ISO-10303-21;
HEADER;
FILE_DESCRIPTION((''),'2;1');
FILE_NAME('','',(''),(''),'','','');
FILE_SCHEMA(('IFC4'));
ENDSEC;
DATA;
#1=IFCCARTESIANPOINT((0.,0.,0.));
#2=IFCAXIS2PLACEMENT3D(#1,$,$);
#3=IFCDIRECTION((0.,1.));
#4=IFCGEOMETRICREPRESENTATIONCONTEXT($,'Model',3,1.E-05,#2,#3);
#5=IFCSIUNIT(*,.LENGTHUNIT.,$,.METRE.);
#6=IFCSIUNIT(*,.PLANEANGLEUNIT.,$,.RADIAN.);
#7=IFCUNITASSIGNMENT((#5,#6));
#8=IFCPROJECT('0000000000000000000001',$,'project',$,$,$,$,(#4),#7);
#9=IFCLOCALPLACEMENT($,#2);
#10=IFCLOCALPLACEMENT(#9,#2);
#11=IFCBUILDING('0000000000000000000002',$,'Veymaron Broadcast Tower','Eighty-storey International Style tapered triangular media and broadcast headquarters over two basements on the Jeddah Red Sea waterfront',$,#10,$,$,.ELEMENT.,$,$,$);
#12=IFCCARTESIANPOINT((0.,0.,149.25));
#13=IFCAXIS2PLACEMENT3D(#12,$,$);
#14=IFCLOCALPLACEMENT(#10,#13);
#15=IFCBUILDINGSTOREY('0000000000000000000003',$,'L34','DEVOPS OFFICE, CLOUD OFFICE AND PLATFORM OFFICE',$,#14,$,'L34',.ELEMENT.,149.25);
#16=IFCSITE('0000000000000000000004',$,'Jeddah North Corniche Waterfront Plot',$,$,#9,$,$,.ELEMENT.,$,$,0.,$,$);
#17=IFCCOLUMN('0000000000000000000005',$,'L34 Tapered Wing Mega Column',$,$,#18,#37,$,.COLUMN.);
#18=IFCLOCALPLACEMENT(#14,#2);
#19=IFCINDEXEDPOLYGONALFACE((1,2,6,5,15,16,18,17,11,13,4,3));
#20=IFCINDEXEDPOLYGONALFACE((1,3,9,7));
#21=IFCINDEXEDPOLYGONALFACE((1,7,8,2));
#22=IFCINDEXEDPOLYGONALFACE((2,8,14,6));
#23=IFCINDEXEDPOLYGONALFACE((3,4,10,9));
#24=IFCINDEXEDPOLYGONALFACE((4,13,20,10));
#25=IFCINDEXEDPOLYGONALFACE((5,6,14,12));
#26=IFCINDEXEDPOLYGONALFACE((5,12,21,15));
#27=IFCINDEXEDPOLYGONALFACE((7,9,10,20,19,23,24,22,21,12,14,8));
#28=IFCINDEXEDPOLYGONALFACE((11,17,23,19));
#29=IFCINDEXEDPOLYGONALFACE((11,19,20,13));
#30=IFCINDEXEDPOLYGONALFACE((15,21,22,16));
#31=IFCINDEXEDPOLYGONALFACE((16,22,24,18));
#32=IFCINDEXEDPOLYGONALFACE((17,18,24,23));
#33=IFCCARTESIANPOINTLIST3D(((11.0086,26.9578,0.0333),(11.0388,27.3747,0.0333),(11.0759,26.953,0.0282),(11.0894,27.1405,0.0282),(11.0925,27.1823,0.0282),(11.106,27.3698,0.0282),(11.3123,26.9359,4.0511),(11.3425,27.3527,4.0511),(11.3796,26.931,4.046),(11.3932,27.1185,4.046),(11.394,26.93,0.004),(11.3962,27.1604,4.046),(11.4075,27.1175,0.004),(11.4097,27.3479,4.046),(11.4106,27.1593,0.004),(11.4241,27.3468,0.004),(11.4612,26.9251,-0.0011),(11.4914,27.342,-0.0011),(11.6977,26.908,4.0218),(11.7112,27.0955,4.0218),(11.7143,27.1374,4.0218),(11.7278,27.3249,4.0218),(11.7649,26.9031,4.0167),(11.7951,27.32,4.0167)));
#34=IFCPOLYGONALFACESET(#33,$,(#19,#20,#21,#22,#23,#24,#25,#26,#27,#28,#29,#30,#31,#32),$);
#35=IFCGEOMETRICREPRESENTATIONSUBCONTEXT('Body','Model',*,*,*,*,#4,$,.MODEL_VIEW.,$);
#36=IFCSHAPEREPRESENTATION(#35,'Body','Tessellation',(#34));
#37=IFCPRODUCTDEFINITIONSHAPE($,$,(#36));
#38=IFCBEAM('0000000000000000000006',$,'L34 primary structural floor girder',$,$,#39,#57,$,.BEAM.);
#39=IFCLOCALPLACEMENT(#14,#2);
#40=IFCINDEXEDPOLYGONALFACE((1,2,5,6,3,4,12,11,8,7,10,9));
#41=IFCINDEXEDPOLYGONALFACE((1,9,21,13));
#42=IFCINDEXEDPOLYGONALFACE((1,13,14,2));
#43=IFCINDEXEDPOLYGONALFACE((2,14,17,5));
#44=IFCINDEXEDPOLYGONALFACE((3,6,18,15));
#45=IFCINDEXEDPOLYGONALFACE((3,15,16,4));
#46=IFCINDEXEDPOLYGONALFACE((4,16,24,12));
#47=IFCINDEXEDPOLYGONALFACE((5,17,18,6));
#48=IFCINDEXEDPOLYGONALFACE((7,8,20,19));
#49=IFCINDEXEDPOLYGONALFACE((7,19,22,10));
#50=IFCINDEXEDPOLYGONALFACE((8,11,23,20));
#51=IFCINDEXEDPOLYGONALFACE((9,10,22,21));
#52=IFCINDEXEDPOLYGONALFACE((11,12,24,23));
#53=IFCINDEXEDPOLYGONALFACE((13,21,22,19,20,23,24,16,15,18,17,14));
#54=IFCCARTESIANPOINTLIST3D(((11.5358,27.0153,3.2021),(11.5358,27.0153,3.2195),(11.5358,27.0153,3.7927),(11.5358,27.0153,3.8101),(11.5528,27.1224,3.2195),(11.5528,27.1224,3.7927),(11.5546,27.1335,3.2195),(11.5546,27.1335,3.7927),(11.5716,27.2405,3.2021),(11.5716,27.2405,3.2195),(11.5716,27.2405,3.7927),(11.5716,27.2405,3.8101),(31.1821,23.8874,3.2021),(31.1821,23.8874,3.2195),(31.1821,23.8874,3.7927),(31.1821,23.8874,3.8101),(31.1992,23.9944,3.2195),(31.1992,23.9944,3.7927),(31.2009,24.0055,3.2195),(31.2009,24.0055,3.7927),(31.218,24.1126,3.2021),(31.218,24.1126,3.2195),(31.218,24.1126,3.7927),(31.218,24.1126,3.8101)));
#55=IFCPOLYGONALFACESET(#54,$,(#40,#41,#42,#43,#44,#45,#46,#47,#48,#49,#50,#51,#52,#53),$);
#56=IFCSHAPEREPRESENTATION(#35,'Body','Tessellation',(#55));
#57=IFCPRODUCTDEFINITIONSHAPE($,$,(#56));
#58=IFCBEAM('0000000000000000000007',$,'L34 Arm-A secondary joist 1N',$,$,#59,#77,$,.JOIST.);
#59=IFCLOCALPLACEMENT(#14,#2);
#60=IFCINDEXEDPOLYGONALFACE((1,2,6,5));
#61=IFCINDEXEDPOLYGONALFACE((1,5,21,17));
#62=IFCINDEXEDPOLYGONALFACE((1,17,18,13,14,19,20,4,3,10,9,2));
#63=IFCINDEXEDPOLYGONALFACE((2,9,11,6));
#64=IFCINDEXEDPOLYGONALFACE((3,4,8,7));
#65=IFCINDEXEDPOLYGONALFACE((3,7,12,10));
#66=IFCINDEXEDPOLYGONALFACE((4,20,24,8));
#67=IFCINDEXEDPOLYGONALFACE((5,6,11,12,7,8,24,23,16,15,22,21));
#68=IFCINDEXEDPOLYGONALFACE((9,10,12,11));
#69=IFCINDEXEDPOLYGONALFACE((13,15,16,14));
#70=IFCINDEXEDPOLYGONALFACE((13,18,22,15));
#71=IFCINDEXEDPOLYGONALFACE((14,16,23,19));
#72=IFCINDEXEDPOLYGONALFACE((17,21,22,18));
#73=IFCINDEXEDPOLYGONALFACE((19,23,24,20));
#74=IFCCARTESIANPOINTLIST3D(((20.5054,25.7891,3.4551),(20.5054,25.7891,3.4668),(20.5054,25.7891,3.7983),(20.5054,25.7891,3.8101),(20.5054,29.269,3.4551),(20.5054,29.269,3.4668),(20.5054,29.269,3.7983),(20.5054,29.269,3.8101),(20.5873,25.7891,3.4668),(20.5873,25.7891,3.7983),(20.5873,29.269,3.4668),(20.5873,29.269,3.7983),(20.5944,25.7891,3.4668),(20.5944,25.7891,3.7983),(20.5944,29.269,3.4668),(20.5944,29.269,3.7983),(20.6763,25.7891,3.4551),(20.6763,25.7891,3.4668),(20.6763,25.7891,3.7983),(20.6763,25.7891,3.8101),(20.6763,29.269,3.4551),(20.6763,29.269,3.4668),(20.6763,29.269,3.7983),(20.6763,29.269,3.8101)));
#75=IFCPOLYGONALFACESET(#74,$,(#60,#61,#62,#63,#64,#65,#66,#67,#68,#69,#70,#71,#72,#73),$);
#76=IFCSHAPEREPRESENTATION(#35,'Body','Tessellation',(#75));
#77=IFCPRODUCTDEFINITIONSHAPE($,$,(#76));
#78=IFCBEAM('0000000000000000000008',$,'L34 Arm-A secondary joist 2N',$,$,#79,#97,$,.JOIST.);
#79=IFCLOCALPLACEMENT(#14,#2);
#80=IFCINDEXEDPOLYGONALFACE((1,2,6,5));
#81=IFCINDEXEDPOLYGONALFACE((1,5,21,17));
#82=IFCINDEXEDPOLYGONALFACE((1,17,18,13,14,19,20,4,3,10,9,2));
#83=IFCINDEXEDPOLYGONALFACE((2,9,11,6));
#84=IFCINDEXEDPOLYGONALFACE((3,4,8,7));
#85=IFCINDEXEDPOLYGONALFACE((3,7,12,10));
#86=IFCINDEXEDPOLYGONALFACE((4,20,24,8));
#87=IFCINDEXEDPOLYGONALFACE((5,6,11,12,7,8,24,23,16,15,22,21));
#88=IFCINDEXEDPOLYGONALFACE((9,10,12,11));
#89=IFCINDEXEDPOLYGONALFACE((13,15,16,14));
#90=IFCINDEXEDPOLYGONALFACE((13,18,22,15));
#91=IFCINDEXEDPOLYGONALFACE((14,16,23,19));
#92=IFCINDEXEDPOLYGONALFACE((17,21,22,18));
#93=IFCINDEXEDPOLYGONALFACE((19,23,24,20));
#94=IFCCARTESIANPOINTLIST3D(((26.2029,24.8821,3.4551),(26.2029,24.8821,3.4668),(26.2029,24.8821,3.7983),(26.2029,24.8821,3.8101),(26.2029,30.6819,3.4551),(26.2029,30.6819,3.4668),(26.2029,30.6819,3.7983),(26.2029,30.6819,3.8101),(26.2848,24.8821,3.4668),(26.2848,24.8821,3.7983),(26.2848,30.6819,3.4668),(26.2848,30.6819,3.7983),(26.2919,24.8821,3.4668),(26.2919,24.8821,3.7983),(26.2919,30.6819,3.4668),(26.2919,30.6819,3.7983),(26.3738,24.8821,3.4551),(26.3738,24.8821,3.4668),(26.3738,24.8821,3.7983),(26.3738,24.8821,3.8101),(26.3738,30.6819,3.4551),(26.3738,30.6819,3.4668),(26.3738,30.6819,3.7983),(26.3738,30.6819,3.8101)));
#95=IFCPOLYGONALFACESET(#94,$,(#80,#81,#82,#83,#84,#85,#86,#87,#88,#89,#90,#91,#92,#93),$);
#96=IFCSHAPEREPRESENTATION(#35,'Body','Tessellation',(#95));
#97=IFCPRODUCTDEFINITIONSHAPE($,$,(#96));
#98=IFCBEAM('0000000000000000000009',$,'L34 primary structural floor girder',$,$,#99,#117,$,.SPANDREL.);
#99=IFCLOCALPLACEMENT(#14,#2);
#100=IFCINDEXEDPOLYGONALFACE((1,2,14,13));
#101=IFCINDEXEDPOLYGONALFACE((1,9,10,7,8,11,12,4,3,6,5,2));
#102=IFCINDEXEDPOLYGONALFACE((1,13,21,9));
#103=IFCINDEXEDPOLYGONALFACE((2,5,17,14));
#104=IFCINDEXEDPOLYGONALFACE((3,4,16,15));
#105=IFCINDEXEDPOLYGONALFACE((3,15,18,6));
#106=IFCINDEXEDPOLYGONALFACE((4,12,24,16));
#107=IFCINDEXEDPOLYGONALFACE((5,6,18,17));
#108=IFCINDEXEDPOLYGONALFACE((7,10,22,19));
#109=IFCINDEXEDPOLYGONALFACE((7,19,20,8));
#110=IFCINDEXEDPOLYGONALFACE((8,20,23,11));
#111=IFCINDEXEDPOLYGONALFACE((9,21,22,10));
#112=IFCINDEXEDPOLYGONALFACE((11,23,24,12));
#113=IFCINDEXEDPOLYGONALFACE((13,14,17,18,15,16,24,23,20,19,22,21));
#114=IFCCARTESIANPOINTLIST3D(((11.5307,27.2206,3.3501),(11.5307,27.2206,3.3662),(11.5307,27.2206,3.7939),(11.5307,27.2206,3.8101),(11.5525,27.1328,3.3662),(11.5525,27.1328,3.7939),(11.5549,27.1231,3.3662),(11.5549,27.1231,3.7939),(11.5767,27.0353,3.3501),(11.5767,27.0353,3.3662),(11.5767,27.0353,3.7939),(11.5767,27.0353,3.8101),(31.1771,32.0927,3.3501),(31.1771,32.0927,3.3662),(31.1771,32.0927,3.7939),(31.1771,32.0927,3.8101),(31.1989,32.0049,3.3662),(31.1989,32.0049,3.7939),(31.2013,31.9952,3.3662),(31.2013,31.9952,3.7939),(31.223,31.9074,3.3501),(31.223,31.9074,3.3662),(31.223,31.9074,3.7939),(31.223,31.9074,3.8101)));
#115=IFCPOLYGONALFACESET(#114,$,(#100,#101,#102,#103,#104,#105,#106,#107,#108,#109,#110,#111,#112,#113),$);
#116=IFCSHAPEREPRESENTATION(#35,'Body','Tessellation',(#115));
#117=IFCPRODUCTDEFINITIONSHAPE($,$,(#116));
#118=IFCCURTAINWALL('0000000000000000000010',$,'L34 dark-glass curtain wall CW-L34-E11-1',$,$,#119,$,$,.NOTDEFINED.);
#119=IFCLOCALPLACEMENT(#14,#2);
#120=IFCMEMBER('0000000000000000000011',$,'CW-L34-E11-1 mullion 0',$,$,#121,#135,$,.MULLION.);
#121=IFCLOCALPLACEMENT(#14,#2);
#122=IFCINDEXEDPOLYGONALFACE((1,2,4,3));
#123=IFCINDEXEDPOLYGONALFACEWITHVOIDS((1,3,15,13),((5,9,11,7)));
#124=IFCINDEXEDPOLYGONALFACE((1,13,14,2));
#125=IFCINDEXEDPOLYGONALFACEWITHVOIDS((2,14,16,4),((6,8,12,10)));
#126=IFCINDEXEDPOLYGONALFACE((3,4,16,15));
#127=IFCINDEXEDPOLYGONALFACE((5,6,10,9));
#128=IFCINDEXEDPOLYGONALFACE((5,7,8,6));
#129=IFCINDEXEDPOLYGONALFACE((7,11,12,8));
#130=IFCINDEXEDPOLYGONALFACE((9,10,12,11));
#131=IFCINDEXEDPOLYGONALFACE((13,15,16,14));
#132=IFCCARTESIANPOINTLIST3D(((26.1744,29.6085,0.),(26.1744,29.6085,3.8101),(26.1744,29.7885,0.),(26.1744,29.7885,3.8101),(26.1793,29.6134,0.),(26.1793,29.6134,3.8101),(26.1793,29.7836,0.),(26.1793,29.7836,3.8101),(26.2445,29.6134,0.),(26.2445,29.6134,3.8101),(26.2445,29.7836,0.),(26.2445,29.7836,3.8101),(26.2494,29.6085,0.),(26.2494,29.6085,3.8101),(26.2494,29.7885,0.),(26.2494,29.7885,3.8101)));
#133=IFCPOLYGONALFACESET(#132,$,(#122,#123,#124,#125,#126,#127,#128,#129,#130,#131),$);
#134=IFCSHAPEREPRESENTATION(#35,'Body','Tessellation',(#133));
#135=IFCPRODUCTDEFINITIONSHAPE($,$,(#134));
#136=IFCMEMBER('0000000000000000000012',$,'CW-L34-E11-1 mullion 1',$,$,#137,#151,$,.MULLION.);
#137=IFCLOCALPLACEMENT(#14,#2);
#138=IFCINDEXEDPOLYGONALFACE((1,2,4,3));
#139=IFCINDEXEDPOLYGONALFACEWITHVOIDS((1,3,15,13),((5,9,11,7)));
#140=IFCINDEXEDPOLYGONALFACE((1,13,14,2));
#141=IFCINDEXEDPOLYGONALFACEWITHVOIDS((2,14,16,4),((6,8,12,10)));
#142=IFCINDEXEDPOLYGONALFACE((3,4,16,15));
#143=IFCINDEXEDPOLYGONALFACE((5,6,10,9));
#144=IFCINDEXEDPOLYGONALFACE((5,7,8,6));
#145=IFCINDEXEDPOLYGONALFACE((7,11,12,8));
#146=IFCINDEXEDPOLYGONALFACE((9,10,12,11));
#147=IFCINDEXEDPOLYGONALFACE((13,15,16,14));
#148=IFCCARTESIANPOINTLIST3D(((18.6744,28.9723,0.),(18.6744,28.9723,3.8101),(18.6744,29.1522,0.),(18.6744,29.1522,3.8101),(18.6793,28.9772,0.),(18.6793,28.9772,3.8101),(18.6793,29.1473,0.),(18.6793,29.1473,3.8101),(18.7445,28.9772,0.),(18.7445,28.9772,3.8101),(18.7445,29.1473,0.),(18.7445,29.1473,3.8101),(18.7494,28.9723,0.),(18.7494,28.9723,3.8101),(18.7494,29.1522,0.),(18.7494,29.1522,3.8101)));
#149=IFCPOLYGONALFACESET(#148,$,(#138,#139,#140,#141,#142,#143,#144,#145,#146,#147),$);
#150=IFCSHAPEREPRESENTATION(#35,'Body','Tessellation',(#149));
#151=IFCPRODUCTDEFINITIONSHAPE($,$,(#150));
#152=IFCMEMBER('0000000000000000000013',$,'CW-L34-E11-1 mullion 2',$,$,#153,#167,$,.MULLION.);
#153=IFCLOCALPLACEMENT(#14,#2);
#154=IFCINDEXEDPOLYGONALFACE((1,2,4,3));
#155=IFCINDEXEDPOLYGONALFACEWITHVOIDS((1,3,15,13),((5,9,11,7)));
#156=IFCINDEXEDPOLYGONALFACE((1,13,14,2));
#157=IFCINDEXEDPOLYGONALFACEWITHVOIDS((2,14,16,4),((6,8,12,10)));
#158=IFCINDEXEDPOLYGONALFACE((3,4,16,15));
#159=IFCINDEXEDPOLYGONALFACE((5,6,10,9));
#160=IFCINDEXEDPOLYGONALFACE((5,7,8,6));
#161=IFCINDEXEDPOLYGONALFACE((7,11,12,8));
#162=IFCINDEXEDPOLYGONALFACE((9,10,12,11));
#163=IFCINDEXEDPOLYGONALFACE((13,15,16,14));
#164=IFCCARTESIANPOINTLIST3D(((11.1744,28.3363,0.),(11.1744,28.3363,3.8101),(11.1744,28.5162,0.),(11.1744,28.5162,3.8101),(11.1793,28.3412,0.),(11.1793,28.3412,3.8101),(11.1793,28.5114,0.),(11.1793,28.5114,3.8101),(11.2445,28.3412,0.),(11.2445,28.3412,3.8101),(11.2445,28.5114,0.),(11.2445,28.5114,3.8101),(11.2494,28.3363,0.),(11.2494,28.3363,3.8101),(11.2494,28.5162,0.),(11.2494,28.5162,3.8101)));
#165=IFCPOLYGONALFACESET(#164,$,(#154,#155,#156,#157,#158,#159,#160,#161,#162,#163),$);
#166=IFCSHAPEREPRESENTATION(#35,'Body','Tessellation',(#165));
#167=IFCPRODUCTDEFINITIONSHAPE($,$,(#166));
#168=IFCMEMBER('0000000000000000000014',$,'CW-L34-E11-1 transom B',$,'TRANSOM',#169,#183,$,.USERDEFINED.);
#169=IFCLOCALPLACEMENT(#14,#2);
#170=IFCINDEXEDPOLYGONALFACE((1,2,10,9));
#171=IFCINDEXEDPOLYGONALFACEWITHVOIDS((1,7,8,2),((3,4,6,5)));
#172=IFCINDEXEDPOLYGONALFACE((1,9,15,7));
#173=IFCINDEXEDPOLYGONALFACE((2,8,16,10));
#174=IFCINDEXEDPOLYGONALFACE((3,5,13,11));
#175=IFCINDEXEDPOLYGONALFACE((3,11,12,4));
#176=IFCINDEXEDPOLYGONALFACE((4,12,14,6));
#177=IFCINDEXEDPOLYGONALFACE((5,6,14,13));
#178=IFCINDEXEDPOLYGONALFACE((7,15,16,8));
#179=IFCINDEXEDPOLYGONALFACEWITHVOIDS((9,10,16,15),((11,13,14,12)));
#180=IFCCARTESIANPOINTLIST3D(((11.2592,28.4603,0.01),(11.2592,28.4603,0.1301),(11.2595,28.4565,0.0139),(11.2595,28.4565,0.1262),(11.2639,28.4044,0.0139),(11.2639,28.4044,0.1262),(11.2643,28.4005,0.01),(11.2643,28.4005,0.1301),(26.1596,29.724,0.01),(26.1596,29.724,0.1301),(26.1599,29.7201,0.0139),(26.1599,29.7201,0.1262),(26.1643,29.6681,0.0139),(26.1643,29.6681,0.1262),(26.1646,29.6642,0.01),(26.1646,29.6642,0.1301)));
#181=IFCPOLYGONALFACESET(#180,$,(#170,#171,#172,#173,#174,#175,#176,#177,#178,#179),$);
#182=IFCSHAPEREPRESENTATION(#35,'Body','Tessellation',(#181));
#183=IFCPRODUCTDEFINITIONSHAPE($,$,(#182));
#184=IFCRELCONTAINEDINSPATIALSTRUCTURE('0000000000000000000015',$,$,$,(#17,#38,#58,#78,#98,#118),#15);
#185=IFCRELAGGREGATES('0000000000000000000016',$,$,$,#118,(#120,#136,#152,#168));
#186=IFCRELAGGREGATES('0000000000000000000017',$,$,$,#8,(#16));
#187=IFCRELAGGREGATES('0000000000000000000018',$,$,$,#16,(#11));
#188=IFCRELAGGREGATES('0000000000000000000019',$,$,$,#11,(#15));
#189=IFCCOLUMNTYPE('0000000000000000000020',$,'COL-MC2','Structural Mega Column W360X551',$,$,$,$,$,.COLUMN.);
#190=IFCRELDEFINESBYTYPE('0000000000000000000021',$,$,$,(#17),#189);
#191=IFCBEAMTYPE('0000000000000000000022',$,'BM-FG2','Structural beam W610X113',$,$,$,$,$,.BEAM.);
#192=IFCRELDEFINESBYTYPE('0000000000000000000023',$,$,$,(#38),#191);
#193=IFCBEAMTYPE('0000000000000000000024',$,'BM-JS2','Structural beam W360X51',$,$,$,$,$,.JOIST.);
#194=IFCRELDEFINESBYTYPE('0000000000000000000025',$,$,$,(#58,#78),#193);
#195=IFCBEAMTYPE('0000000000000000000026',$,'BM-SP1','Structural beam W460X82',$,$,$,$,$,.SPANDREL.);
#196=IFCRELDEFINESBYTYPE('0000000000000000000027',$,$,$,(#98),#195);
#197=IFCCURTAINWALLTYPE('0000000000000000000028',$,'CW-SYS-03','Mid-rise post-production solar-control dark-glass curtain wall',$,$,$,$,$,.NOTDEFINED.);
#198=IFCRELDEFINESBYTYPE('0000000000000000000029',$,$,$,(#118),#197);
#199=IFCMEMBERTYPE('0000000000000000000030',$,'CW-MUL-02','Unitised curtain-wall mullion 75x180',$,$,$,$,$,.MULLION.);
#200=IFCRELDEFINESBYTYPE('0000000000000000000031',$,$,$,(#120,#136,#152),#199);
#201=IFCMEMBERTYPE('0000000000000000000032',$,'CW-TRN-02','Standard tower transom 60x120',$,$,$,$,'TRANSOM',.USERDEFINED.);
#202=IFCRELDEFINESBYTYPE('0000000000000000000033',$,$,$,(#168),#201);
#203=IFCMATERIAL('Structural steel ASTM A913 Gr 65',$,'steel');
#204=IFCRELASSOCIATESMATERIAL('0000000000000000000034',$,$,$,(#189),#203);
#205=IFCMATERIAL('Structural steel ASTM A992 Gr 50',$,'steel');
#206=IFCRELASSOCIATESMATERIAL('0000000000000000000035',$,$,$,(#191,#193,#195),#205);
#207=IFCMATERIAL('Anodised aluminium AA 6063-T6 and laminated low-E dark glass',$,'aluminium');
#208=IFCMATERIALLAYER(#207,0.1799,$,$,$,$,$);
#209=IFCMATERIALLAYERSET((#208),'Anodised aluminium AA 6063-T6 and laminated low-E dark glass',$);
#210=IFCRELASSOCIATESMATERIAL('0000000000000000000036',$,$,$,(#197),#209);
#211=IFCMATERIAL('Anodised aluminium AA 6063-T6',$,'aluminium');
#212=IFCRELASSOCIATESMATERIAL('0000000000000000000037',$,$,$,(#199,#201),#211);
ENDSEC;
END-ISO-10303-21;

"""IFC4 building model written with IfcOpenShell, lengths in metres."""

from ifc_helpers import new_model, si_unit, direction, frame, origin, origin_2d, place, context, subcontext, project, spatial, hollow_rectangle, i_section, extrude, material, layer, layer_set, material_profile, profile_set, type_object, element, aggregate, save


model = new_model("IFC4")

# Units and contexts
model_context = context("Model", 3, precision=1e-05, world=origin(), true_north=direction((0.0, 1.0)))
body_context = subcontext(model_context, "Body", "Model", "MODEL_VIEW")
ifc_project = project(units=[si_unit("LENGTHUNIT", "METRE"), si_unit("PLANEANGLEUNIT", "RADIAN")], contexts=[model_context])

# Site, building, storey
site_placement = place(None, origin())
site = spatial("IfcSite", under=ifc_project, at=site_placement, Name="Jeddah North Corniche Waterfront Plot", CompositionType="ELEMENT", RefElevation=0.0)
building_placement = place(site_placement, origin())
building = spatial("IfcBuilding", under=site, at=building_placement, Name="Veymaron Broadcast Tower", Description="Eighty-storey International Style tapered triangular media and broadcast headquarters over two basements on the Jeddah Red Sea waterfront", CompositionType="ELEMENT")
storey_placement = place(building_placement, frame((0.0, 0.0, 149.25)))
storey = spatial("IfcBuildingStorey", under=building, at=storey_placement, Name="L34", Description="DEVOPS OFFICE, CLOUD OFFICE AND PLATFORM OFFICE", LongName="L34", CompositionType="ELEMENT", Elevation=149.25)

# Column
ifc_material_1 = material(Name="Structural steel ASTM A913 Gr 65", Category="steel")
ifc_material_profile_1 = material_profile(ifc_material_1, i_section(OverallWidth=0.418, OverallDepth=0.4551, WebThickness=0.042, FlangeThickness=0.0676, at=origin_2d()), Name="W360X551")
ifc_profile_set_1 = profile_set([ifc_material_profile_1], Name="Structural steel ASTM A913 Gr 65")
column_type = type_object("IfcColumnType", Name="COL-MC2", Description="Structural Mega Column W360X551", PredefinedType="COLUMN", material=ifc_profile_set_1)
column_placement = place(storey_placement, frame((11.25, 27.1499, 0.0161), z_axis=(0.075375, -0.005453, 0.99714), x_axis=(0.072159, 0.997393, 0.0)))
element("IfcColumn", 1, at=column_placement, inside=storey, type_object=column_type, Name="L34 Tapered Wing Mega Column", PredefinedType="COLUMN", context=body_context, shape_type="SweptSolid", body=[
    extrude(i_section(OverallWidth=0.418, OverallDepth=0.4551, WebThickness=0.042, FlangeThickness=0.0676, at=origin_2d()), origin(), (0.0, 0.0, 1.0), 4.0293),
])

# Beams
ifc_material_2 = material(Name="Structural steel ASTM A992 Gr 50", Category="steel")
ifc_material_profile_2 = material_profile(ifc_material_2, i_section(OverallWidth=0.228, OverallDepth=0.6079, WebThickness=0.0112, FlangeThickness=0.0173, at=origin_2d()), Name="W610X113")
ifc_profile_set_2 = profile_set([ifc_material_profile_2], Name="Structural steel ASTM A992 Gr 50")
beam_type_1 = type_object("IfcBeamType", Name="BM-FG2", Description="Structural beam W610X113", PredefinedType="BEAM", material=ifc_profile_set_2)
beam_1_placement = place(storey_placement, frame((11.5537, 27.1279, 3.5061), z_axis=(0.987562, -0.157232, 0.0), x_axis=(0.157232, 0.987562, 0.0)))
element("IfcBeam", 2, at=beam_1_placement, inside=storey, type_object=beam_type_1, Name="L34 primary structural floor girder", PredefinedType="BEAM", context=body_context, shape_type="SweptSolid", body=[
    extrude(i_section(OverallWidth=0.228, OverallDepth=0.6079, WebThickness=0.0112, FlangeThickness=0.0173, at=origin_2d()), origin(), (0.0, 0.0, 1.0), 19.8938),
])
ifc_material_profile_3 = material_profile(ifc_material_2, i_section(OverallWidth=0.1709, OverallDepth=0.355, WebThickness=0.0071, FlangeThickness=0.0117, at=origin_2d()), Name="W360X51")
ifc_profile_set_3 = profile_set([ifc_material_profile_3], Name="Structural steel ASTM A992 Gr 50")
beam_type_2 = type_object("IfcBeamType", Name="BM-JS2", Description="Structural beam W360X51", PredefinedType="JOIST", material=ifc_profile_set_3)
beam_2_placement = place(storey_placement, frame((20.5908, 25.7891, 3.6326), z_axis=(0.0, 1.0, 0.0), x_axis=(-1.0, 0.0, 0.0)))
element("IfcBeam", 3, at=beam_2_placement, inside=storey, type_object=beam_type_2, Name="L34 Arm-A secondary joist 1N", PredefinedType="JOIST", context=body_context, shape_type="SweptSolid", body=[
    extrude(i_section(OverallWidth=0.1709, OverallDepth=0.355, WebThickness=0.0071, FlangeThickness=0.0117, at=origin_2d()), origin(), (0.0, 0.0, 1.0), 3.48),
])
beam_3_placement = place(storey_placement, frame((26.2883, 24.8821, 3.6326), z_axis=(0.0, 1.0, 0.0), x_axis=(-1.0, 0.0, 0.0)))
element("IfcBeam", 4, at=beam_3_placement, inside=storey, type_object=beam_type_2, Name="L34 Arm-A secondary joist 2N", PredefinedType="JOIST", context=body_context, shape_type="SweptSolid", body=[
    extrude(i_section(OverallWidth=0.1709, OverallDepth=0.355, WebThickness=0.0071, FlangeThickness=0.0117, at=origin_2d()), origin(), (0.0, 0.0, 1.0), 5.7998),
])
ifc_material_profile_4 = material_profile(ifc_material_2, i_section(OverallWidth=0.1909, OverallDepth=0.46, WebThickness=0.01, FlangeThickness=0.0161, at=origin_2d()), Name="W460X82")
ifc_profile_set_4 = profile_set([ifc_material_profile_4], Name="Structural steel ASTM A992 Gr 50")
beam_type_3 = type_object("IfcBeamType", Name="BM-SP1", Description="Structural beam W460X82", PredefinedType="SPANDREL", material=ifc_profile_set_4)
beam_4_placement = place(storey_placement, frame((11.5537, 27.1279, 3.5801), z_axis=(0.9706, 0.240699, 0.0), x_axis=(-0.240699, 0.9706, 0.0)))
element("IfcBeam", 5, at=beam_4_placement, inside=storey, type_object=beam_type_3, Name="L34 primary structural floor girder", PredefinedType="SPANDREL", context=body_context, shape_type="SweptSolid", body=[
    extrude(i_section(OverallWidth=0.1909, OverallDepth=0.46, WebThickness=0.01, FlangeThickness=0.0161, at=origin_2d()), origin(), (0.0, 0.0, 1.0), 20.2415),
])

# Curtain wall, members
ifc_material_3 = material(Name="Anodised aluminium AA 6063-T6 and laminated low-E dark glass", Category="aluminium")
ifc_layer_1 = layer(ifc_material_3, 0.1799)
ifc_layer_set_1 = layer_set([ifc_layer_1], Name="Anodised aluminium AA 6063-T6 and laminated low-E dark glass")
curtain_wall_type = type_object("IfcCurtainWallType", Name="CW-SYS-03", Description="Mid-rise post-production solar-control dark-glass curtain wall", PredefinedType="NOTDEFINED", material=ifc_layer_set_1)
curtain_wall_placement = place(storey_placement, origin())
curtain_wall = element("IfcCurtainWall", 6, at=curtain_wall_placement, inside=storey, type_object=curtain_wall_type, Name="L34 dark-glass curtain wall CW-L34-E11-1", PredefinedType="NOTDEFINED")
ifc_material_4 = material(Name="Anodised aluminium AA 6063-T6", Category="aluminium")
ifc_material_profile_5 = material_profile(ifc_material_4, hollow_rectangle(XDim=0.075, YDim=0.1799, WallThickness=0.0049, at=origin_2d()), Name="AL180X75X5")
ifc_profile_set_5 = profile_set([ifc_material_profile_5], Name="Anodised aluminium AA 6063-T6")
member_type_1 = type_object("IfcMemberType", Name="CW-MUL-02", Description="Unitised curtain-wall mullion 75x180", PredefinedType="MULLION", material=ifc_profile_set_5)
member_1_placement = place(storey_placement, frame((26.2119, 29.6985, 0.0), z_axis=(0.0, 0.0, 1.0), x_axis=(1.0, 0.0, 0.0)))
member_1 = element("IfcMember", 7, at=member_1_placement, type_object=member_type_1, Name="CW-L34-E11-1 mullion 0", PredefinedType="MULLION", context=body_context, shape_type="SweptSolid", body=[
    extrude(hollow_rectangle(XDim=0.075, YDim=0.1799, WallThickness=0.0049, at=origin_2d()), origin(), (0.0, 0.0, 1.0), 3.8101),
])
member_2_placement = place(storey_placement, frame((18.7119, 29.0623, 0.0), z_axis=(0.0, 0.0, 1.0), x_axis=(1.0, 0.0, 0.0)))
member_2 = element("IfcMember", 8, at=member_2_placement, type_object=member_type_1, Name="CW-L34-E11-1 mullion 1", PredefinedType="MULLION", context=body_context, shape_type="SweptSolid", body=[
    extrude(hollow_rectangle(XDim=0.075, YDim=0.1799, WallThickness=0.0049, at=origin_2d()), origin(), (0.0, 0.0, 1.0), 3.8101),
])
member_3_placement = place(storey_placement, frame((11.2119, 28.4263, 0.0), z_axis=(0.0, 0.0, 1.0), x_axis=(1.0, 0.0, 0.0)))
member_3 = element("IfcMember", 9, at=member_3_placement, type_object=member_type_1, Name="CW-L34-E11-1 mullion 2", PredefinedType="MULLION", context=body_context, shape_type="SweptSolid", body=[
    extrude(hollow_rectangle(XDim=0.075, YDim=0.1799, WallThickness=0.0049, at=origin_2d()), origin(), (0.0, 0.0, 1.0), 3.8101),
])
ifc_material_profile_6 = material_profile(ifc_material_4, hollow_rectangle(XDim=0.0601, YDim=0.1201, WallThickness=0.0039, at=origin_2d()), Name="AL120X60X4")
ifc_profile_set_6 = profile_set([ifc_material_profile_6], Name="Anodised aluminium AA 6063-T6")
member_type_2 = type_object("IfcMemberType", Name="CW-TRN-02", Description="Standard tower transom 60x120", ElementType="TRANSOM", PredefinedType="USERDEFINED", material=ifc_profile_set_6)
member_4_placement = place(storey_placement, frame((26.1621, 29.6941, 0.0701), z_axis=(-0.996423, -0.084505, 0.0), x_axis=(0.084505, -0.996423, 0.0)))
member_4 = element("IfcMember", 10, at=member_4_placement, type_object=member_type_2, Name="CW-L34-E11-1 transom B", ObjectType="TRANSOM", PredefinedType="USERDEFINED", context=body_context, shape_type="SweptSolid", body=[
    extrude(hollow_rectangle(XDim=0.0601, YDim=0.1201, WallThickness=0.0039, at=origin_2d()), origin(), (0.0, 0.0, 1.0), 14.9539),
])
aggregate(curtain_wall, [member_1, member_2, member_3, member_4])

save(model, "model.ifc")
